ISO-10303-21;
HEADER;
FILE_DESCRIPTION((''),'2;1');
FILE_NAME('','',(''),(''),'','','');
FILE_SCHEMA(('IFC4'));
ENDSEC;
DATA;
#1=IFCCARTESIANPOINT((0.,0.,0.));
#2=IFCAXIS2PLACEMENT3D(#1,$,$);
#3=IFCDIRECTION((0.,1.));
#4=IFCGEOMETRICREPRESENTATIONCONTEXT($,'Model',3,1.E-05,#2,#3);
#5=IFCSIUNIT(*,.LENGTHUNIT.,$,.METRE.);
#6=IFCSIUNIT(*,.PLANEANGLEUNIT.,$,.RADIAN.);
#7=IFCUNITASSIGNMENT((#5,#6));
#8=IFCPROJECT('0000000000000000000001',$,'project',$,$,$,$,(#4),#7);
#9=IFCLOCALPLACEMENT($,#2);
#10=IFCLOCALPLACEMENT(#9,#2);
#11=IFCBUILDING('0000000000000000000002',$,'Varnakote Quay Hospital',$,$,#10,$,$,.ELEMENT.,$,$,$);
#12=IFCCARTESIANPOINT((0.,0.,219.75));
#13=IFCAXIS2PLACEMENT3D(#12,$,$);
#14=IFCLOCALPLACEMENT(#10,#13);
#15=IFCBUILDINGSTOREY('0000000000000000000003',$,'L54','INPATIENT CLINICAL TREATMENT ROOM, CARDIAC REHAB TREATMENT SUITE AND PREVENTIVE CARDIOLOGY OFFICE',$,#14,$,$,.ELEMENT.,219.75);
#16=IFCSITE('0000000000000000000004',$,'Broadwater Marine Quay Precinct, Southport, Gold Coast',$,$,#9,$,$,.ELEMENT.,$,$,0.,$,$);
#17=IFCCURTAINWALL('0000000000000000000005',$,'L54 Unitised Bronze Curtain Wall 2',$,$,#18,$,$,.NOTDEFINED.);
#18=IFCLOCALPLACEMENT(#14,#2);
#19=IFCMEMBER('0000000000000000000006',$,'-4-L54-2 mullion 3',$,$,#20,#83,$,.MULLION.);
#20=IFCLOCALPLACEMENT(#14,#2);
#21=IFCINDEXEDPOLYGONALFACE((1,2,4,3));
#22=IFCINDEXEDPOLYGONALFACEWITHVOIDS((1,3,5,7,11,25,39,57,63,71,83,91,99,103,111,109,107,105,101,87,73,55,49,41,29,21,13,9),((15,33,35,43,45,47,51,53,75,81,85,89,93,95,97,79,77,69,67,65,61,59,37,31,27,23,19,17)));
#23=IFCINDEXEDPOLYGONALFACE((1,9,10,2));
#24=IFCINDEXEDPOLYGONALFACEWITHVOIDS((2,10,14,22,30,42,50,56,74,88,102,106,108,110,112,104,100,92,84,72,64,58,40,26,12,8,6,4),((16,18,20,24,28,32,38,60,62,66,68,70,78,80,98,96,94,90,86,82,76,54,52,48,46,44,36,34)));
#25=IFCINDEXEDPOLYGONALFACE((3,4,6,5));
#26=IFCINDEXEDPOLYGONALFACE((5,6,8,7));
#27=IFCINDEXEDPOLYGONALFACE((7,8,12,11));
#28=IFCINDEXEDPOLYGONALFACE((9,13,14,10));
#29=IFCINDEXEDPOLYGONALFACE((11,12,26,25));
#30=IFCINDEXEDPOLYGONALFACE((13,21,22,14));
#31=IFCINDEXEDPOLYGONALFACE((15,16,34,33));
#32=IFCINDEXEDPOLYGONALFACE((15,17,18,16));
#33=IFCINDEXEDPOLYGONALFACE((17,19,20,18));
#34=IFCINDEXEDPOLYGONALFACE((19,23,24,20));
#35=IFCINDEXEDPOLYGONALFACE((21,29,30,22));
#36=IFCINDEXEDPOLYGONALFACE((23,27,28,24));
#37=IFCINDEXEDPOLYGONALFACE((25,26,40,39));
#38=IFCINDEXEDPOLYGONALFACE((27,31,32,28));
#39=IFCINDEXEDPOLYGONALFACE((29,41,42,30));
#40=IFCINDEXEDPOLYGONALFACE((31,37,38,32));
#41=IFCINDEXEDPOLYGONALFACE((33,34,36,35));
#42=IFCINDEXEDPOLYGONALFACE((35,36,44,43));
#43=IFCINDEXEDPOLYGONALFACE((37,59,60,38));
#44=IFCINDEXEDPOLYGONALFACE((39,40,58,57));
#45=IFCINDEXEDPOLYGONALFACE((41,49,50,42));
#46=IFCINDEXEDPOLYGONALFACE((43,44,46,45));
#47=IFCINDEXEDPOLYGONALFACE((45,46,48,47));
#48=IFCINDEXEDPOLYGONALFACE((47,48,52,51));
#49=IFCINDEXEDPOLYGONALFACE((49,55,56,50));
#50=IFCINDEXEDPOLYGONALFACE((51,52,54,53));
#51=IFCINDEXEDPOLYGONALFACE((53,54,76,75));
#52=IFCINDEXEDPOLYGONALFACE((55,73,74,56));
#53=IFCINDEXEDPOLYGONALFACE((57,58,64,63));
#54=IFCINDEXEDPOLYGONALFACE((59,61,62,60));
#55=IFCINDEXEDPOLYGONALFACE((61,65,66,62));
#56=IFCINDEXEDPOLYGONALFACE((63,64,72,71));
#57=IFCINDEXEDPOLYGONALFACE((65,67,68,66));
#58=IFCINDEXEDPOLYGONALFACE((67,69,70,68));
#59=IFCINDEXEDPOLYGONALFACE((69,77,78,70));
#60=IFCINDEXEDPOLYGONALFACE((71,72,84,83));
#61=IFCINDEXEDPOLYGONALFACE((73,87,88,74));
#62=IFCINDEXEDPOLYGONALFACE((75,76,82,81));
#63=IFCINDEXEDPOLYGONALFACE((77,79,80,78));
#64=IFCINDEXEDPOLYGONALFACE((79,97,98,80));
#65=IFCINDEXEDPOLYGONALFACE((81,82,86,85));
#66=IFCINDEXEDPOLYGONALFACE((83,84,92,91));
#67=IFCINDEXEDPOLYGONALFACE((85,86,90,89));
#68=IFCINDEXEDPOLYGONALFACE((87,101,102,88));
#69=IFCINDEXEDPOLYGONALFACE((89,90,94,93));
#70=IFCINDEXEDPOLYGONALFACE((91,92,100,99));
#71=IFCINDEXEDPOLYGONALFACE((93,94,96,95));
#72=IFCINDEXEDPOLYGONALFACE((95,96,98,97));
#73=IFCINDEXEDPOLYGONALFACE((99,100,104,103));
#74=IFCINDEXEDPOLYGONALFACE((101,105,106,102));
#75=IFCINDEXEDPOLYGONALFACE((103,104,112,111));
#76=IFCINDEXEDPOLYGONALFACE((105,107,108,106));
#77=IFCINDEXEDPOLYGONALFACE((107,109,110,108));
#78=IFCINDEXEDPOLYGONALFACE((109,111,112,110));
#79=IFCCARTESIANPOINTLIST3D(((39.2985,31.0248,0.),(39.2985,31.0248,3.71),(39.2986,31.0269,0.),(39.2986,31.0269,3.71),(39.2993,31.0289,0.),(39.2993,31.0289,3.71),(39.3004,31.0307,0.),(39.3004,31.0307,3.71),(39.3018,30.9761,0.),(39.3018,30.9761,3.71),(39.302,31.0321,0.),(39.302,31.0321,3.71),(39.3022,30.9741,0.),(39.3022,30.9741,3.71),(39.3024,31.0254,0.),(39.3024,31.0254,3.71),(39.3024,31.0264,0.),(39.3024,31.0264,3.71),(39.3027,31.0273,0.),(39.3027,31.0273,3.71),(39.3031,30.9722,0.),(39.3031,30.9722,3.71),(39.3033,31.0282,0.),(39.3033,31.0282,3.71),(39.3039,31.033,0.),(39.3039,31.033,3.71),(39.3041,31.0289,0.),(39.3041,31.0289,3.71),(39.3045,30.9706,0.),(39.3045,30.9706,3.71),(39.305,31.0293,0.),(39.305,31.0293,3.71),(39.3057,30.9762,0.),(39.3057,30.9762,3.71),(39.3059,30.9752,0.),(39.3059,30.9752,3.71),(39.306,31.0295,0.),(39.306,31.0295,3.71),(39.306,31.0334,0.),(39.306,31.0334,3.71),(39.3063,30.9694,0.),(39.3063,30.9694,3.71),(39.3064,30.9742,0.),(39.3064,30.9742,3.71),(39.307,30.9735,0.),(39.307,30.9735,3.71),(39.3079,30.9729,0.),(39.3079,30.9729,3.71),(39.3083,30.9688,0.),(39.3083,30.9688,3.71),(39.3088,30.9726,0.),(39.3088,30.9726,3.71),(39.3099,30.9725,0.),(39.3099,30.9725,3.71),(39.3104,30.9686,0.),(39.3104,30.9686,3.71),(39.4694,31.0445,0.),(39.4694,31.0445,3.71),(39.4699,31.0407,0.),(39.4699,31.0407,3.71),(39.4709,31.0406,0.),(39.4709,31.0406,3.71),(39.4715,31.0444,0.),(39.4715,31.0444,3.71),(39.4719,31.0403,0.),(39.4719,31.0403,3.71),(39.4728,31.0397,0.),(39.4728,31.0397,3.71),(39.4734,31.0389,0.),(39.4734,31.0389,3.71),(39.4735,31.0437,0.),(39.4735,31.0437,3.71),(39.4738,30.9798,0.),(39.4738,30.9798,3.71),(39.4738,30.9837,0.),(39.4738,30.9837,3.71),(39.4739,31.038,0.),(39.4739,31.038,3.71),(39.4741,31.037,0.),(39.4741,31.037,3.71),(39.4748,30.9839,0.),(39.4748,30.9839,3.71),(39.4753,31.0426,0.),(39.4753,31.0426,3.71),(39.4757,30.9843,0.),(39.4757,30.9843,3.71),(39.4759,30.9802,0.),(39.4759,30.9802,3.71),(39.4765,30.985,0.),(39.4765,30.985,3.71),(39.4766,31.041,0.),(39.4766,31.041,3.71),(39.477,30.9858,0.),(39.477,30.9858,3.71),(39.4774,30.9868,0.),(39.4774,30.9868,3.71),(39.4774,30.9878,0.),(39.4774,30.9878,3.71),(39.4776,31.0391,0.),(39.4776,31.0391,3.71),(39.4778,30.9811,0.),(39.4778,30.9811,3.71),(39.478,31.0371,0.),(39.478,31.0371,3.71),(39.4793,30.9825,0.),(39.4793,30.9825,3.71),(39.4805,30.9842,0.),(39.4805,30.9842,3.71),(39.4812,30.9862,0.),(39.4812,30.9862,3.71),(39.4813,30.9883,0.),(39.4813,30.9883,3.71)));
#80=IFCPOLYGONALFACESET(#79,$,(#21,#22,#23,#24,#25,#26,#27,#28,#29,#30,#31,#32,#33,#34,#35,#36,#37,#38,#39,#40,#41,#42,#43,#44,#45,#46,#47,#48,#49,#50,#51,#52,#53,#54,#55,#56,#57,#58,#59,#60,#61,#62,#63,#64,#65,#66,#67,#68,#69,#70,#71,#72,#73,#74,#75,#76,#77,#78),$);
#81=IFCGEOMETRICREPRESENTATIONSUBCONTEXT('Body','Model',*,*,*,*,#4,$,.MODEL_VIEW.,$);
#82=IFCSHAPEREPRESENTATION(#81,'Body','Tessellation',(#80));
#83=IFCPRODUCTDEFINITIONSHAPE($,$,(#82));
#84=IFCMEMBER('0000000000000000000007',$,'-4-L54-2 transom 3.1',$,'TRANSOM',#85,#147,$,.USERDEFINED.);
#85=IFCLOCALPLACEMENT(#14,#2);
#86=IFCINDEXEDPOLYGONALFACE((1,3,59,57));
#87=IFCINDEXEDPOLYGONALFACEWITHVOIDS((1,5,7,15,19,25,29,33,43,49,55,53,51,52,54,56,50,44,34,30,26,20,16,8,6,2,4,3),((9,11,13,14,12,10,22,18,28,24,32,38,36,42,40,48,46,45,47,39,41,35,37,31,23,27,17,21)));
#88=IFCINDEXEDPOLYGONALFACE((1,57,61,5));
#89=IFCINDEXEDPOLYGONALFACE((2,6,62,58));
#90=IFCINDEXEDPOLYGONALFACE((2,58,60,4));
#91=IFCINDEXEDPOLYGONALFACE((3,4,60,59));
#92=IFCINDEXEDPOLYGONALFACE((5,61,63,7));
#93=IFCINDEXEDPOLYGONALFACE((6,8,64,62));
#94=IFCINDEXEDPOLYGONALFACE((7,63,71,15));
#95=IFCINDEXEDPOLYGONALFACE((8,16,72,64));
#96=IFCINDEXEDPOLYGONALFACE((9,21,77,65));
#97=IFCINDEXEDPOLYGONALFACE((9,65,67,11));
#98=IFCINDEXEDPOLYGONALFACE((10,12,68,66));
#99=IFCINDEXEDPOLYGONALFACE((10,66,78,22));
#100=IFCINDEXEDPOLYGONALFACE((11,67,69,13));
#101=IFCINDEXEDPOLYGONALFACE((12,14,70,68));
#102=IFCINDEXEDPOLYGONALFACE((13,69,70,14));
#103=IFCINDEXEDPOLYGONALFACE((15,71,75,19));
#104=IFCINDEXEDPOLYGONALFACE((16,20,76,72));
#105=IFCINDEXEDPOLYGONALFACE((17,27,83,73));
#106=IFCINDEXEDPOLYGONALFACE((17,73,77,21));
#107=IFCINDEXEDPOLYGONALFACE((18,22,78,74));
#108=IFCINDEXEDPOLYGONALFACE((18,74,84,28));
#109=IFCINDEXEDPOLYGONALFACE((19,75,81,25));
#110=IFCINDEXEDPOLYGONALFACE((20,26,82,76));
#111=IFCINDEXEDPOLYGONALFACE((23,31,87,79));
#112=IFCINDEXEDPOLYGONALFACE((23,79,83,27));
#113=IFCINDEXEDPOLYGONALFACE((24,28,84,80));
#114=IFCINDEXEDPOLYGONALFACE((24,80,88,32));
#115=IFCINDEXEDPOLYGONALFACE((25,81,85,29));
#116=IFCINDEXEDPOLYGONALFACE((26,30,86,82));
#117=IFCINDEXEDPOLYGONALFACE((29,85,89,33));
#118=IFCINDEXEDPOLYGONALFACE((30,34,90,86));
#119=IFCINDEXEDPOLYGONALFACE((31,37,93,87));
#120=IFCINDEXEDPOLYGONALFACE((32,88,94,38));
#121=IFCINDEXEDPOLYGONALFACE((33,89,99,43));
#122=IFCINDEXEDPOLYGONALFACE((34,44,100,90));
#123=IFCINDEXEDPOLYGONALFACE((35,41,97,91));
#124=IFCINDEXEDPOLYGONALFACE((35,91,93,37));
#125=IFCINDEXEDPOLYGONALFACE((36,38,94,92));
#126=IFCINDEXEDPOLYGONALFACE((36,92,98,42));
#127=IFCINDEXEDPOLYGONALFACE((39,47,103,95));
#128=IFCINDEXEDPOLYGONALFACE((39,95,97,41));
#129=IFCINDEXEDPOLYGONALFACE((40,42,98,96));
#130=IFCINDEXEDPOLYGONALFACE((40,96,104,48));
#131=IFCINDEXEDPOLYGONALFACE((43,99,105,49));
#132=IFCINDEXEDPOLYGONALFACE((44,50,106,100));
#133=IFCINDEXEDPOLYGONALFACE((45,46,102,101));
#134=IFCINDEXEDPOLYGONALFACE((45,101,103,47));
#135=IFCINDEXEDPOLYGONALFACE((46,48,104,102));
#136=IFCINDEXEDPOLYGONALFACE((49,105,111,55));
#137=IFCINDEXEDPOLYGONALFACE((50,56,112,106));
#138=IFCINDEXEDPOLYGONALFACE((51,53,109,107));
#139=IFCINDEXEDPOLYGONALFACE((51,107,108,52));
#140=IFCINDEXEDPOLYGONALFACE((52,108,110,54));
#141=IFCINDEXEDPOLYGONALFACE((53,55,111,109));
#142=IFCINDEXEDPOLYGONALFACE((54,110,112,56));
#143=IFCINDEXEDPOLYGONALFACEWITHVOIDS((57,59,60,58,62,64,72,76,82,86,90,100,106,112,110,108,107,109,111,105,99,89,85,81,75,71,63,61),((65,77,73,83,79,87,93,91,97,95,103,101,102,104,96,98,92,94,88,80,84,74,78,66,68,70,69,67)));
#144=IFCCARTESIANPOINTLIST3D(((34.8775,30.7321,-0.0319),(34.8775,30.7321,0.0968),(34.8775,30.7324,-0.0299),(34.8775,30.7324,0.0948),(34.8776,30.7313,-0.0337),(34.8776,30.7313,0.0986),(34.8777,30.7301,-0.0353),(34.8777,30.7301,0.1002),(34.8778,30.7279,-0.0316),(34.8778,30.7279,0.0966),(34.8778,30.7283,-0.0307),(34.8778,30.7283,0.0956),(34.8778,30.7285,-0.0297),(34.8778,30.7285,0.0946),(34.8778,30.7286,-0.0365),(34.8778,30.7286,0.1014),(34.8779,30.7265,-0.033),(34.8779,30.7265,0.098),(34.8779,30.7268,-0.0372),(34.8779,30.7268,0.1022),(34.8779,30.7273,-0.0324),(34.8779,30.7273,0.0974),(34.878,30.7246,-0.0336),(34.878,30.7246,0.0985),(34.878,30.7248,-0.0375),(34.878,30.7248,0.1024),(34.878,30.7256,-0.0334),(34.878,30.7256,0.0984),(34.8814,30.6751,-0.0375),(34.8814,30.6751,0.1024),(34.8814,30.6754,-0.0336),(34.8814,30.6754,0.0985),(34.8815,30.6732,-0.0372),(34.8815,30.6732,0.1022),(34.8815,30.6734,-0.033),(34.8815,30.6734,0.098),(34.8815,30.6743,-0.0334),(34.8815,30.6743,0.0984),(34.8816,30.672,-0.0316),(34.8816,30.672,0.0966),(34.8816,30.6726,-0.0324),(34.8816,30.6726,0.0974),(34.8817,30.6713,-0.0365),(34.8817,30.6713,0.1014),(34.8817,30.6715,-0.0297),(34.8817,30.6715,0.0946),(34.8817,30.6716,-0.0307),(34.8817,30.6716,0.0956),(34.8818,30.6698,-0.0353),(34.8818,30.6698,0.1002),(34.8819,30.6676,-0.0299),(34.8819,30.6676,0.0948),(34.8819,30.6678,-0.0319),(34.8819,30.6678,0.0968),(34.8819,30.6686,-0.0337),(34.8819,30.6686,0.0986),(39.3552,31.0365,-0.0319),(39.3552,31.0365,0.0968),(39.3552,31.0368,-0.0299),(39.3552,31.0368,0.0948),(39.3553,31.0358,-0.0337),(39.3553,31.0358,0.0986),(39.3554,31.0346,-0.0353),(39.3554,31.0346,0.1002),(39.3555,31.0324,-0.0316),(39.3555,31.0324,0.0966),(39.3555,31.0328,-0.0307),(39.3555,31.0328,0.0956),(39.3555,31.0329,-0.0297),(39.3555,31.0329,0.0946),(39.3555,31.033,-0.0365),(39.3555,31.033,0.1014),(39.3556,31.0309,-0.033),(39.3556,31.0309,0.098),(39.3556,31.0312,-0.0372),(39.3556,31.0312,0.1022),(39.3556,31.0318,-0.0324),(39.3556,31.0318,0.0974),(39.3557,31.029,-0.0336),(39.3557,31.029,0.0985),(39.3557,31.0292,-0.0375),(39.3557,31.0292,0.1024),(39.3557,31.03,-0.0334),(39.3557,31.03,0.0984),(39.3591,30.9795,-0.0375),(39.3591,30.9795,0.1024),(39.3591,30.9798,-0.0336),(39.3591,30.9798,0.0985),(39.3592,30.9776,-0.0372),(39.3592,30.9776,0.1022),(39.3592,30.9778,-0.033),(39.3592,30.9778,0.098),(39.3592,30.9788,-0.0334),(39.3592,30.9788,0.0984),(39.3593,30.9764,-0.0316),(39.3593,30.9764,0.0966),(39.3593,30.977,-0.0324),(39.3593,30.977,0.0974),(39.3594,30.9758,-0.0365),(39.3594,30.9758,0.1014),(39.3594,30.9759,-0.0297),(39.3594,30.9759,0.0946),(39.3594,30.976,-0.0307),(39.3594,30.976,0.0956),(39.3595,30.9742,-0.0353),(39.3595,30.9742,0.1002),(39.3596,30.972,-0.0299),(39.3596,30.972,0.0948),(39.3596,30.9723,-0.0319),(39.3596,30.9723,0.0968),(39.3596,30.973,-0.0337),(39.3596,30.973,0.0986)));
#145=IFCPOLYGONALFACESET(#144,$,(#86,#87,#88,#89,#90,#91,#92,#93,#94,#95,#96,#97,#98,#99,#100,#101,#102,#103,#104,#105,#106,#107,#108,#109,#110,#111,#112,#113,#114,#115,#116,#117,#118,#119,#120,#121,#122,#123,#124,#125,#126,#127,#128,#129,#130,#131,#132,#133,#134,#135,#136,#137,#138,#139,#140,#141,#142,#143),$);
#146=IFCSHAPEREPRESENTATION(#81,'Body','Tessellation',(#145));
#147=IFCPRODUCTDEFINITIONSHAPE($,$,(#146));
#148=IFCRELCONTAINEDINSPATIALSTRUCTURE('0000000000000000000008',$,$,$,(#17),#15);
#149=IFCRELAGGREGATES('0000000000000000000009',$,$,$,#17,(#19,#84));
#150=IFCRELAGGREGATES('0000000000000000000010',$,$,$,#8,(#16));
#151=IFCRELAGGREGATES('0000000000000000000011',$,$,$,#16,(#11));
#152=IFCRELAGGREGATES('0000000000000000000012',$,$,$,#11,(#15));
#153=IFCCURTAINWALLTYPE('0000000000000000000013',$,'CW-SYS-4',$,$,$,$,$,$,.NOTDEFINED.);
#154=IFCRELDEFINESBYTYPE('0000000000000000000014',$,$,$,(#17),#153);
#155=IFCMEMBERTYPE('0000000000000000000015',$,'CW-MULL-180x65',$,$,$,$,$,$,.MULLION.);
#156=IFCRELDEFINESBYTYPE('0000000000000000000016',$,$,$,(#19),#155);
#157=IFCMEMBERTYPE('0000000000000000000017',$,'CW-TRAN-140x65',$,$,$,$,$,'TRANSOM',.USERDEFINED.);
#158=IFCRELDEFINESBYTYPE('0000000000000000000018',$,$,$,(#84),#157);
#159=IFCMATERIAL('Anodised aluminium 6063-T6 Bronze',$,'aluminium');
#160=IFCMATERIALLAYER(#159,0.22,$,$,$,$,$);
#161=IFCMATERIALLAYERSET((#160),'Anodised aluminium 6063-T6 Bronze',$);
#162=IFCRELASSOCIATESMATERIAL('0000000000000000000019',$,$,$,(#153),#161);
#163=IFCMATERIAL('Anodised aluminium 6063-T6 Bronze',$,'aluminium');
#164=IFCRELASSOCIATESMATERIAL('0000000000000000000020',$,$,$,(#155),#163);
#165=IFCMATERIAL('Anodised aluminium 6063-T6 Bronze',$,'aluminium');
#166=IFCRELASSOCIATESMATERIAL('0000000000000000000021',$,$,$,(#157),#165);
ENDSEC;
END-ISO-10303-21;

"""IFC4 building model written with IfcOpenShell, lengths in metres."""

from ifc_helpers import new_model, si_unit, direction, frame, origin, origin_2d, place, context, subcontext, project, spatial, hollow_rectangle, extrude, material, layer, layer_set, material_profile, profile_set, type_object, element, aggregate, save


model = new_model("IFC4")

# Units and contexts
model_context = context("Model", 3, precision=1e-05, world=origin(), true_north=direction((0.0, 1.0)))
body_context = subcontext(model_context, "Body", "Model", "MODEL_VIEW")
ifc_project = project(units=[si_unit("LENGTHUNIT", "METRE"), si_unit("PLANEANGLEUNIT", "RADIAN")], contexts=[model_context])

# Site, building, storey
site_placement = place(None, origin())
site = spatial("IfcSite", under=ifc_project, at=site_placement, Name="Broadwater Marine Quay Precinct, Southport, Gold Coast", CompositionType="ELEMENT", RefElevation=0.0)
building_placement = place(site_placement, origin())
building = spatial("IfcBuilding", under=site, at=building_placement, Name="Varnakote Quay Hospital", CompositionType="ELEMENT")
storey_placement = place(building_placement, frame((0.0, 0.0, 219.75)))
storey = spatial("IfcBuildingStorey", under=building, at=storey_placement, Name="L54", Description="INPATIENT CLINICAL TREATMENT ROOM, CARDIAC REHAB TREATMENT SUITE AND PREVENTIVE CARDIOLOGY OFFICE", CompositionType="ELEMENT", Elevation=219.75)

# Curtain wall, members
ifc_material_1 = material(Name="Anodised aluminium 6063-T6 Bronze", Category="aluminium")
ifc_layer_1 = layer(ifc_material_1, 0.22)
ifc_layer_set_1 = layer_set([ifc_layer_1], Name="Anodised aluminium 6063-T6 Bronze")
curtain_wall_type = type_object("IfcCurtainWallType", Name="CW-SYS-4", PredefinedType="NOTDEFINED", material=ifc_layer_set_1)
curtain_wall_placement = place(storey_placement, origin())
curtain_wall = element("IfcCurtainWall", 1, at=curtain_wall_placement, inside=storey, type_object=curtain_wall_type, Name="L54 Unitised Bronze Curtain Wall 2", PredefinedType="NOTDEFINED")
ifc_material_2 = material(Name="Anodised aluminium 6063-T6 Bronze", Category="aluminium")
ifc_material_profile_1 = material_profile(ifc_material_2, hollow_rectangle(XDim=0.0649, YDim=0.1799, WallThickness=0.0039, InnerFilletRadius=0.0039, OuterFilletRadius=0.0081, at=origin_2d()), Name="CW-MULL-180x65")
ifc_profile_set_1 = profile_set([ifc_material_profile_1], Name="Anodised aluminium 6063-T6 Bronze")
member_type_1 = type_object("IfcMemberType", Name="CW-MULL-180x65", PredefinedType="MULLION", material=ifc_profile_set_1)
member_1_placement = place(storey_placement, frame((39.3899, 31.0066, 0.0), z_axis=(0.0, 0.0, 1.0), x_axis=(0.067842, -0.997696, 0.0)))
member_1 = element("IfcMember", 2, at=member_1_placement, type_object=member_type_1, Name="-4-L54-2 mullion 3", PredefinedType="MULLION", context=body_context, shape_type="SweptSolid", body=[
    extrude(hollow_rectangle(XDim=0.0649, YDim=0.1799, WallThickness=0.0039, InnerFilletRadius=0.0039, OuterFilletRadius=0.0081, at=origin_2d()), origin(), (0.0, 0.0, 1.0), 3.71),
])
ifc_material_3 = material(Name="Anodised aluminium 6063-T6 Bronze", Category="aluminium")
ifc_material_profile_2 = material_profile(ifc_material_3, hollow_rectangle(XDim=0.0649, YDim=0.1399, WallThickness=0.0039, InnerFilletRadius=0.0039, OuterFilletRadius=0.0076, at=origin_2d()), Name="CW-TRAN-140x65")
ifc_profile_set_2 = profile_set([ifc_material_profile_2], Name="Anodised aluminium 6063-T6 Bronze")
member_type_2 = type_object("IfcMemberType", Name="CW-TRAN-140x65", ElementType="TRANSOM", PredefinedType="USERDEFINED", material=ifc_profile_set_2)
member_2_placement = place(storey_placement, frame((39.3574, 31.0044, 0.0325), z_axis=(-0.997697, -0.067833, 0.0), x_axis=(0.067833, -0.997697, 0.0)))
member_2 = element("IfcMember", 3, at=member_2_placement, type_object=member_type_2, Name="-4-L54-2 transom 3.1", ObjectType="TRANSOM", PredefinedType="USERDEFINED", context=body_context, shape_type="SweptSolid", body=[
    extrude(hollow_rectangle(XDim=0.0649, YDim=0.1399, WallThickness=0.0039, InnerFilletRadius=0.0039, OuterFilletRadius=0.0076, at=origin_2d()), origin(), (0.0, 0.0, 1.0), 4.488),
])
aggregate(curtain_wall, [member_1, member_2])

save(model, "model.ifc")
